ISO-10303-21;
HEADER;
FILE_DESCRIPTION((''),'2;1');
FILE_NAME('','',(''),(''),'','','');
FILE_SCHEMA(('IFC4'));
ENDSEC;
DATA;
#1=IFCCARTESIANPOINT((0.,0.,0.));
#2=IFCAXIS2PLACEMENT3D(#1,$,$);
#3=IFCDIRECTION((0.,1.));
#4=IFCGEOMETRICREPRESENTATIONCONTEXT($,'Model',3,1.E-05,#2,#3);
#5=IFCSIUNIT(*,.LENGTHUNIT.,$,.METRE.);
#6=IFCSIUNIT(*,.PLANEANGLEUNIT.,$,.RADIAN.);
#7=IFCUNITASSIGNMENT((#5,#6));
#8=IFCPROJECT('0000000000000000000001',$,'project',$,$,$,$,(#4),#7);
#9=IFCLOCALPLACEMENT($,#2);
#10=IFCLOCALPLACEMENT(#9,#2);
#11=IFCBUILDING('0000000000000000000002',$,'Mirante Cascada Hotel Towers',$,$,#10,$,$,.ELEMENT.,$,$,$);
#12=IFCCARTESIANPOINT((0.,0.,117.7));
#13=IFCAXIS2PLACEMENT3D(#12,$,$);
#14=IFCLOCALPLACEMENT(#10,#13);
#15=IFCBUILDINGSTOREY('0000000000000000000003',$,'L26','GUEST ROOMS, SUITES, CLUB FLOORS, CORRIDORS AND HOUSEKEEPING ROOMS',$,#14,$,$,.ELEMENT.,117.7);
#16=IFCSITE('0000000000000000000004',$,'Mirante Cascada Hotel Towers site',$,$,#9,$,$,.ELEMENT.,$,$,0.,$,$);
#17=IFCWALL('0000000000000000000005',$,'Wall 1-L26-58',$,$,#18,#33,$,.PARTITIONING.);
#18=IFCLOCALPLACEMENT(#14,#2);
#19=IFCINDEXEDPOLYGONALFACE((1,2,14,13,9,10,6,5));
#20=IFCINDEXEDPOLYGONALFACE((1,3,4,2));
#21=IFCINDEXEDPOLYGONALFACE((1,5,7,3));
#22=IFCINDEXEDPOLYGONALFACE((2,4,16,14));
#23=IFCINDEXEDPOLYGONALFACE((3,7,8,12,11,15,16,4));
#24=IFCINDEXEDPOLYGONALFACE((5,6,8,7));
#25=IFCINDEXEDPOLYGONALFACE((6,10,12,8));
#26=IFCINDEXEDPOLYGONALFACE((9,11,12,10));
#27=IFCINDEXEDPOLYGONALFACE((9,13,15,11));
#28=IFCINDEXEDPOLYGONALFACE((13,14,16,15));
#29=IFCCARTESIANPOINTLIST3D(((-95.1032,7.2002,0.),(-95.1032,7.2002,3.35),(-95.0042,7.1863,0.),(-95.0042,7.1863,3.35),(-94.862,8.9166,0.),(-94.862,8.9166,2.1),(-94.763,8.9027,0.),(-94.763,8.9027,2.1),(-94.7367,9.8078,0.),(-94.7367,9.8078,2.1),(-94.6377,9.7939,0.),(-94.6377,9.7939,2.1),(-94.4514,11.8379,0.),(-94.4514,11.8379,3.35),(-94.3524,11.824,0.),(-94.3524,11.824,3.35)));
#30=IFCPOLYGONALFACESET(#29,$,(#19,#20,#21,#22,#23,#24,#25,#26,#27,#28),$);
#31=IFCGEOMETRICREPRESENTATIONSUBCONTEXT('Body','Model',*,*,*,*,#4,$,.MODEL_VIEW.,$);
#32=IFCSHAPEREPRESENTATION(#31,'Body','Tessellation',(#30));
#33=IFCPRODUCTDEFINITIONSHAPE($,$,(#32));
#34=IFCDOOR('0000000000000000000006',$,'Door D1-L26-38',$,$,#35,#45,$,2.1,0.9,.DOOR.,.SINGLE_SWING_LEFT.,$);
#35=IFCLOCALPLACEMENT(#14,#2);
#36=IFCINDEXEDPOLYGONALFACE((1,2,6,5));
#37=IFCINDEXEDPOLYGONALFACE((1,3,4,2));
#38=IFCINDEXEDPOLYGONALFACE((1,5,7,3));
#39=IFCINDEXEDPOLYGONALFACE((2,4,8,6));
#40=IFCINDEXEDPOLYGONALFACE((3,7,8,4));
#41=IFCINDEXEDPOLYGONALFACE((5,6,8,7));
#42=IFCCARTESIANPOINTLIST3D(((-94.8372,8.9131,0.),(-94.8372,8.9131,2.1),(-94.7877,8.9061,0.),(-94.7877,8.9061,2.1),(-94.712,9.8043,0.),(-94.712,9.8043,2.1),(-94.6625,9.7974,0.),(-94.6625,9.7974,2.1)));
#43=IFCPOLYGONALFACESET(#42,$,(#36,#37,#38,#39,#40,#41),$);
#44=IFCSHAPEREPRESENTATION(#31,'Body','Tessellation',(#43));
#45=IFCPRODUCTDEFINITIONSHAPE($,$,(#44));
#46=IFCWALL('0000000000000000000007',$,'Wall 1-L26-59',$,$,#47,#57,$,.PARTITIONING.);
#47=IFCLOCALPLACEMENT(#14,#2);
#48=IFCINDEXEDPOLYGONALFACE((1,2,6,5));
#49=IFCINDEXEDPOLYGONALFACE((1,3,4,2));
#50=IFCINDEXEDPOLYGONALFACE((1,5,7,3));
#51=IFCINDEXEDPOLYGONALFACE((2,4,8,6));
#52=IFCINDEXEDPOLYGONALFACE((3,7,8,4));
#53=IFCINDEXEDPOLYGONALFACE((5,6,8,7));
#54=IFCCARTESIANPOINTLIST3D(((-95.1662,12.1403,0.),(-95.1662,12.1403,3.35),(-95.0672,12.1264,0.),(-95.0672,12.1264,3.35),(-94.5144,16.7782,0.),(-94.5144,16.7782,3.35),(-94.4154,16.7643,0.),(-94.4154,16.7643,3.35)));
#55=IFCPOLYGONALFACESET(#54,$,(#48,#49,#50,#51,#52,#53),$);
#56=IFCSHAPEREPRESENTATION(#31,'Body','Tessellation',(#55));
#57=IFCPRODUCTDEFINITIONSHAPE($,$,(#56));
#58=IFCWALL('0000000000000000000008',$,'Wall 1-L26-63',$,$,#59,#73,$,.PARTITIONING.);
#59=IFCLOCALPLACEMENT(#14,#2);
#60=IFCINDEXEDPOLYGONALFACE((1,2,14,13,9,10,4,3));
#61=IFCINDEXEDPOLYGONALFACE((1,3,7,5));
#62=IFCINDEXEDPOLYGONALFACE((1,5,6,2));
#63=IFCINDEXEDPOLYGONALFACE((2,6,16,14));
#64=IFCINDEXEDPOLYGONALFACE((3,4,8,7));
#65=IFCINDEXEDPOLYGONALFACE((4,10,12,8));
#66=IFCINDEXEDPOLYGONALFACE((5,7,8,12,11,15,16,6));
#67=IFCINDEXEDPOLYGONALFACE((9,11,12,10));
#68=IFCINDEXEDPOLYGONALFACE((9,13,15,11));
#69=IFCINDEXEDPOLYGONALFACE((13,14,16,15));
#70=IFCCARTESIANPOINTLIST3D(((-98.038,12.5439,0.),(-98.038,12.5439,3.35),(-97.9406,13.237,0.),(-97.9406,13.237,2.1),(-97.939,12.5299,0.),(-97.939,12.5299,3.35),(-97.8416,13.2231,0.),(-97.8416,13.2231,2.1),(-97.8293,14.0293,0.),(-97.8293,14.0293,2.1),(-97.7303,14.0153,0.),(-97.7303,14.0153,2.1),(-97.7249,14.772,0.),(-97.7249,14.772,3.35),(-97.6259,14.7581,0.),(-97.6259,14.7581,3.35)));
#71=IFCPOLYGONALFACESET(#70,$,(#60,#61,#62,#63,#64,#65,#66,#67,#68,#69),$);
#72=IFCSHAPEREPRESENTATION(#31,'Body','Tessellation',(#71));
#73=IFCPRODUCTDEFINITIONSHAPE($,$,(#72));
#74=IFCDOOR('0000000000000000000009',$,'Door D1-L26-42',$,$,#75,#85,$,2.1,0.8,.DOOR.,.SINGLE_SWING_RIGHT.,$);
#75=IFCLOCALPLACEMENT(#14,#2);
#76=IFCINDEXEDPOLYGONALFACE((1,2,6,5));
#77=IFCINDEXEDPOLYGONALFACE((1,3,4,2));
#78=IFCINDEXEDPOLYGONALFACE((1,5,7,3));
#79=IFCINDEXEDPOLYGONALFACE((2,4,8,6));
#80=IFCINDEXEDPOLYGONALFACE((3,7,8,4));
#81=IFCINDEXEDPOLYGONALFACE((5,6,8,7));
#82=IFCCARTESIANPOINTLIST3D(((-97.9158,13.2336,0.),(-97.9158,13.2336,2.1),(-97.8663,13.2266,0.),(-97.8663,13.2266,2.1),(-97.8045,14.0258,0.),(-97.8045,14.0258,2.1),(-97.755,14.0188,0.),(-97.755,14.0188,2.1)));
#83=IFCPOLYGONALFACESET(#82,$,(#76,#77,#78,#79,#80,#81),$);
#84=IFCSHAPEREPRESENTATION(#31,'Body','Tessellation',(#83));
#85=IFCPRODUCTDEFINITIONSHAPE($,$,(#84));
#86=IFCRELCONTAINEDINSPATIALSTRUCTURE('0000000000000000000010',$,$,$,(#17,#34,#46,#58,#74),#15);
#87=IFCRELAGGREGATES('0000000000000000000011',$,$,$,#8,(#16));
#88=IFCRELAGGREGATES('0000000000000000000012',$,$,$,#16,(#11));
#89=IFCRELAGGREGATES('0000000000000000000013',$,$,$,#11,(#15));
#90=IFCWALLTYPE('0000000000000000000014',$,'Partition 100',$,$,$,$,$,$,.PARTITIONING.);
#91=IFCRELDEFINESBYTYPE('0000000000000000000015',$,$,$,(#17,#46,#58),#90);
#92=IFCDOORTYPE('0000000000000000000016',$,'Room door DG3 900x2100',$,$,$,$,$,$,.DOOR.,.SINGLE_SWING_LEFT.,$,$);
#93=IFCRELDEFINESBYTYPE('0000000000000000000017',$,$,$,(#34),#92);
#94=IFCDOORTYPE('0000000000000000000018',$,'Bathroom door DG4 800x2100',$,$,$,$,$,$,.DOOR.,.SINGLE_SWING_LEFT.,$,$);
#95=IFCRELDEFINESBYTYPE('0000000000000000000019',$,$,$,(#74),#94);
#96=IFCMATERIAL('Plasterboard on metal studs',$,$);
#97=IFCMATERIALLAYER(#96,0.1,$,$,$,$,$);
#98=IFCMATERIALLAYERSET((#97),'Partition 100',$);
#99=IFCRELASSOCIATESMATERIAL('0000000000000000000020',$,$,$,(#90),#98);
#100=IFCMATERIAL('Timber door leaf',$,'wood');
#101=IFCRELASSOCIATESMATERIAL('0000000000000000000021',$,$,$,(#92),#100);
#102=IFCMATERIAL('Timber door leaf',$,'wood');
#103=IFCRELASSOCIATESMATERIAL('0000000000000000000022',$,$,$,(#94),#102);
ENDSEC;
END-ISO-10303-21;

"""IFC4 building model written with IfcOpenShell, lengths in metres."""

from ifc_helpers import new_model, si_unit, direction, frame, frame_2d, origin, place, context, subcontext, project, spatial, rectangle, extrude, material, layer, layer_set, type_object, element, fill, save


model = new_model("IFC4")

# Units and contexts
model_context = context("Model", 3, precision=1e-05, world=origin(), true_north=direction((0.0, 1.0)))
body_context = subcontext(model_context, "Body", "Model", "MODEL_VIEW")
ifc_project = project(units=[si_unit("LENGTHUNIT", "METRE"), si_unit("PLANEANGLEUNIT", "RADIAN")], contexts=[model_context])

# Site, building, storey
site_placement = place(None, origin())
site = spatial("IfcSite", under=ifc_project, at=site_placement, Name="Mirante Cascada Hotel Towers site", CompositionType="ELEMENT", RefElevation=0.0)
building_placement = place(site_placement, origin())
building = spatial("IfcBuilding", under=site, at=building_placement, Name="Mirante Cascada Hotel Towers", CompositionType="ELEMENT")
storey_placement = place(building_placement, frame((0.0, 0.0, 117.7)))
storey = spatial("IfcBuildingStorey", under=building, at=storey_placement, Name="L26", Description="GUEST ROOMS, SUITES, CLUB FLOORS, CORRIDORS AND HOUSEKEEPING ROOMS", CompositionType="ELEMENT", Elevation=117.7)

# Shared definitions
ifc_material_1 = material(Name="Plasterboard on metal studs")
ifc_layer_1 = layer(ifc_material_1, 0.1)
ifc_layer_set_1 = layer_set([ifc_layer_1], Name="Partition 100")
wall_type_1 = type_object("IfcWallType", Name="Partition 100", PredefinedType="PARTITIONING", material=ifc_layer_set_1)

# Shared definitions
ifc_material_2 = material(Name="Timber door leaf", Category="wood")
door_type_1 = type_object("IfcDoorType", Name="Room door DG3 900x2100", OperationType="SINGLE_SWING_LEFT", PredefinedType="DOOR", material=ifc_material_2)

# Wall, opening, door
ifc_material_3 = material(Name="Timber door leaf", Category="wood")
door_type_2 = type_object("IfcDoorType", Name="Bathroom door DG4 800x2100", OperationType="SINGLE_SWING_LEFT", PredefinedType="DOOR", material=ifc_material_3)
wall_1_placement = place(storey_placement, frame((-94.4019, 11.8309, 0.0), z_axis=(0.0, 0.0, 1.0), x_axis=(-0.139176, -0.990268, 0.0)))
wall_1 = element("IfcWall", 1, at=wall_1_placement, inside=storey, type_object=wall_type_1, Name="Wall 1-L26-58", PredefinedType="PARTITIONING", context=body_context, shape_type="SweptSolid", body=[
    extrude(rectangle(XDim=4.6833, YDim=0.1, at=frame_2d((2.3416, 0.0))), origin(), (0.0, 0.0, 1.0), 3.35),
])
opening_1_placement = place(wall_1_placement, frame((2.05, 0.0, 0.0)))
opening_1 = element("IfcOpeningElement", 2, at=opening_1_placement, cuts=wall_1, PredefinedType="OPENING", context=body_context, shape_type="SweptSolid", body=[
    extrude(rectangle(XDim=0.9, YDim=2.1, at=frame_2d((0.45, 1.05))), frame((0.0, 0.05, 0.0), z_axis=(0.0, -1.0, 0.0), x_axis=(1.0, 0.0, 0.0)), (0.0, 0.0, 1.0), 0.1),
])
door_1_placement = place(opening_1_placement, origin())
door_1 = element("IfcDoor", 3, at=door_1_placement, inside=storey, type_object=door_type_1, Name="Door D1-L26-38", OperationType="SINGLE_SWING_LEFT", OverallHeight=2.1, OverallWidth=0.9, PredefinedType="DOOR", context=body_context, shape_type="SweptSolid", body=[
    extrude(rectangle(XDim=0.9, YDim=2.1, at=frame_2d((0.45, 1.05))), frame((0.0, 0.025, 0.0), z_axis=(0.0, -1.0, 0.0), x_axis=(1.0, 0.0, 0.0)), (0.0, 0.0, 1.0), 0.05),
])
fill(opening_1, door_1)

# Wall
wall_2_placement = place(storey_placement, frame((-95.1167, 12.1333, 0.0), z_axis=(0.0, 0.0, 1.0), x_axis=(0.13917, 0.990268, 0.0)))
element("IfcWall", 4, at=wall_2_placement, inside=storey, type_object=wall_type_1, Name="Wall 1-L26-59", PredefinedType="PARTITIONING", context=body_context, shape_type="SweptSolid", body=[
    extrude(rectangle(XDim=4.6835, YDim=0.1, at=frame_2d((2.3418, 0.0))), origin(), (0.0, 0.0, 1.0), 3.35),
])

# Wall, opening, door
wall_3_placement = place(storey_placement, frame((-97.9885, 12.5369, 0.0), z_axis=(0.0, 0.0, 1.0), x_axis=(0.139156, 0.990271, 0.0)))
wall_3 = element("IfcWall", 5, at=wall_3_placement, inside=storey, type_object=wall_type_1, Name="Wall 1-L26-63", PredefinedType="PARTITIONING", context=body_context, shape_type="SweptSolid", body=[
    extrude(rectangle(XDim=2.25, YDim=0.1, at=frame_2d((1.125, 0.0))), origin(), (0.0, 0.0, 1.0), 3.35),
])
opening_2_placement = place(wall_3_placement, frame((0.7, 0.0, 0.0)))
opening_2 = element("IfcOpeningElement", 6, at=opening_2_placement, cuts=wall_3, PredefinedType="OPENING", context=body_context, shape_type="SweptSolid", body=[
    extrude(rectangle(XDim=0.8, YDim=2.1, at=frame_2d((0.4, 1.05))), frame((0.0, 0.05, 0.0), z_axis=(0.0, -1.0, 0.0), x_axis=(1.0, 0.0, 0.0)), (0.0, 0.0, 1.0), 0.1),
])
door_2_placement = place(opening_2_placement, frame((0.8, 0.0, 0.0), z_axis=(0.0, 0.0, 1.0), x_axis=(-1.0, 0.0, 0.0)))
door_2 = element("IfcDoor", 7, at=door_2_placement, inside=storey, type_object=door_type_2, Name="Door D1-L26-42", OperationType="SINGLE_SWING_RIGHT", OverallHeight=2.1, OverallWidth=0.8, PredefinedType="DOOR", context=body_context, shape_type="SweptSolid", body=[
    extrude(rectangle(XDim=0.8, YDim=2.1, at=frame_2d((0.4, 1.05))), frame((0.0, 0.025, 0.0), z_axis=(0.0, -1.0, 0.0), x_axis=(1.0, 0.0, 0.0)), (0.0, 0.0, 1.0), 0.05),
])
fill(opening_2, door_2)

save(model, "model.ifc")
